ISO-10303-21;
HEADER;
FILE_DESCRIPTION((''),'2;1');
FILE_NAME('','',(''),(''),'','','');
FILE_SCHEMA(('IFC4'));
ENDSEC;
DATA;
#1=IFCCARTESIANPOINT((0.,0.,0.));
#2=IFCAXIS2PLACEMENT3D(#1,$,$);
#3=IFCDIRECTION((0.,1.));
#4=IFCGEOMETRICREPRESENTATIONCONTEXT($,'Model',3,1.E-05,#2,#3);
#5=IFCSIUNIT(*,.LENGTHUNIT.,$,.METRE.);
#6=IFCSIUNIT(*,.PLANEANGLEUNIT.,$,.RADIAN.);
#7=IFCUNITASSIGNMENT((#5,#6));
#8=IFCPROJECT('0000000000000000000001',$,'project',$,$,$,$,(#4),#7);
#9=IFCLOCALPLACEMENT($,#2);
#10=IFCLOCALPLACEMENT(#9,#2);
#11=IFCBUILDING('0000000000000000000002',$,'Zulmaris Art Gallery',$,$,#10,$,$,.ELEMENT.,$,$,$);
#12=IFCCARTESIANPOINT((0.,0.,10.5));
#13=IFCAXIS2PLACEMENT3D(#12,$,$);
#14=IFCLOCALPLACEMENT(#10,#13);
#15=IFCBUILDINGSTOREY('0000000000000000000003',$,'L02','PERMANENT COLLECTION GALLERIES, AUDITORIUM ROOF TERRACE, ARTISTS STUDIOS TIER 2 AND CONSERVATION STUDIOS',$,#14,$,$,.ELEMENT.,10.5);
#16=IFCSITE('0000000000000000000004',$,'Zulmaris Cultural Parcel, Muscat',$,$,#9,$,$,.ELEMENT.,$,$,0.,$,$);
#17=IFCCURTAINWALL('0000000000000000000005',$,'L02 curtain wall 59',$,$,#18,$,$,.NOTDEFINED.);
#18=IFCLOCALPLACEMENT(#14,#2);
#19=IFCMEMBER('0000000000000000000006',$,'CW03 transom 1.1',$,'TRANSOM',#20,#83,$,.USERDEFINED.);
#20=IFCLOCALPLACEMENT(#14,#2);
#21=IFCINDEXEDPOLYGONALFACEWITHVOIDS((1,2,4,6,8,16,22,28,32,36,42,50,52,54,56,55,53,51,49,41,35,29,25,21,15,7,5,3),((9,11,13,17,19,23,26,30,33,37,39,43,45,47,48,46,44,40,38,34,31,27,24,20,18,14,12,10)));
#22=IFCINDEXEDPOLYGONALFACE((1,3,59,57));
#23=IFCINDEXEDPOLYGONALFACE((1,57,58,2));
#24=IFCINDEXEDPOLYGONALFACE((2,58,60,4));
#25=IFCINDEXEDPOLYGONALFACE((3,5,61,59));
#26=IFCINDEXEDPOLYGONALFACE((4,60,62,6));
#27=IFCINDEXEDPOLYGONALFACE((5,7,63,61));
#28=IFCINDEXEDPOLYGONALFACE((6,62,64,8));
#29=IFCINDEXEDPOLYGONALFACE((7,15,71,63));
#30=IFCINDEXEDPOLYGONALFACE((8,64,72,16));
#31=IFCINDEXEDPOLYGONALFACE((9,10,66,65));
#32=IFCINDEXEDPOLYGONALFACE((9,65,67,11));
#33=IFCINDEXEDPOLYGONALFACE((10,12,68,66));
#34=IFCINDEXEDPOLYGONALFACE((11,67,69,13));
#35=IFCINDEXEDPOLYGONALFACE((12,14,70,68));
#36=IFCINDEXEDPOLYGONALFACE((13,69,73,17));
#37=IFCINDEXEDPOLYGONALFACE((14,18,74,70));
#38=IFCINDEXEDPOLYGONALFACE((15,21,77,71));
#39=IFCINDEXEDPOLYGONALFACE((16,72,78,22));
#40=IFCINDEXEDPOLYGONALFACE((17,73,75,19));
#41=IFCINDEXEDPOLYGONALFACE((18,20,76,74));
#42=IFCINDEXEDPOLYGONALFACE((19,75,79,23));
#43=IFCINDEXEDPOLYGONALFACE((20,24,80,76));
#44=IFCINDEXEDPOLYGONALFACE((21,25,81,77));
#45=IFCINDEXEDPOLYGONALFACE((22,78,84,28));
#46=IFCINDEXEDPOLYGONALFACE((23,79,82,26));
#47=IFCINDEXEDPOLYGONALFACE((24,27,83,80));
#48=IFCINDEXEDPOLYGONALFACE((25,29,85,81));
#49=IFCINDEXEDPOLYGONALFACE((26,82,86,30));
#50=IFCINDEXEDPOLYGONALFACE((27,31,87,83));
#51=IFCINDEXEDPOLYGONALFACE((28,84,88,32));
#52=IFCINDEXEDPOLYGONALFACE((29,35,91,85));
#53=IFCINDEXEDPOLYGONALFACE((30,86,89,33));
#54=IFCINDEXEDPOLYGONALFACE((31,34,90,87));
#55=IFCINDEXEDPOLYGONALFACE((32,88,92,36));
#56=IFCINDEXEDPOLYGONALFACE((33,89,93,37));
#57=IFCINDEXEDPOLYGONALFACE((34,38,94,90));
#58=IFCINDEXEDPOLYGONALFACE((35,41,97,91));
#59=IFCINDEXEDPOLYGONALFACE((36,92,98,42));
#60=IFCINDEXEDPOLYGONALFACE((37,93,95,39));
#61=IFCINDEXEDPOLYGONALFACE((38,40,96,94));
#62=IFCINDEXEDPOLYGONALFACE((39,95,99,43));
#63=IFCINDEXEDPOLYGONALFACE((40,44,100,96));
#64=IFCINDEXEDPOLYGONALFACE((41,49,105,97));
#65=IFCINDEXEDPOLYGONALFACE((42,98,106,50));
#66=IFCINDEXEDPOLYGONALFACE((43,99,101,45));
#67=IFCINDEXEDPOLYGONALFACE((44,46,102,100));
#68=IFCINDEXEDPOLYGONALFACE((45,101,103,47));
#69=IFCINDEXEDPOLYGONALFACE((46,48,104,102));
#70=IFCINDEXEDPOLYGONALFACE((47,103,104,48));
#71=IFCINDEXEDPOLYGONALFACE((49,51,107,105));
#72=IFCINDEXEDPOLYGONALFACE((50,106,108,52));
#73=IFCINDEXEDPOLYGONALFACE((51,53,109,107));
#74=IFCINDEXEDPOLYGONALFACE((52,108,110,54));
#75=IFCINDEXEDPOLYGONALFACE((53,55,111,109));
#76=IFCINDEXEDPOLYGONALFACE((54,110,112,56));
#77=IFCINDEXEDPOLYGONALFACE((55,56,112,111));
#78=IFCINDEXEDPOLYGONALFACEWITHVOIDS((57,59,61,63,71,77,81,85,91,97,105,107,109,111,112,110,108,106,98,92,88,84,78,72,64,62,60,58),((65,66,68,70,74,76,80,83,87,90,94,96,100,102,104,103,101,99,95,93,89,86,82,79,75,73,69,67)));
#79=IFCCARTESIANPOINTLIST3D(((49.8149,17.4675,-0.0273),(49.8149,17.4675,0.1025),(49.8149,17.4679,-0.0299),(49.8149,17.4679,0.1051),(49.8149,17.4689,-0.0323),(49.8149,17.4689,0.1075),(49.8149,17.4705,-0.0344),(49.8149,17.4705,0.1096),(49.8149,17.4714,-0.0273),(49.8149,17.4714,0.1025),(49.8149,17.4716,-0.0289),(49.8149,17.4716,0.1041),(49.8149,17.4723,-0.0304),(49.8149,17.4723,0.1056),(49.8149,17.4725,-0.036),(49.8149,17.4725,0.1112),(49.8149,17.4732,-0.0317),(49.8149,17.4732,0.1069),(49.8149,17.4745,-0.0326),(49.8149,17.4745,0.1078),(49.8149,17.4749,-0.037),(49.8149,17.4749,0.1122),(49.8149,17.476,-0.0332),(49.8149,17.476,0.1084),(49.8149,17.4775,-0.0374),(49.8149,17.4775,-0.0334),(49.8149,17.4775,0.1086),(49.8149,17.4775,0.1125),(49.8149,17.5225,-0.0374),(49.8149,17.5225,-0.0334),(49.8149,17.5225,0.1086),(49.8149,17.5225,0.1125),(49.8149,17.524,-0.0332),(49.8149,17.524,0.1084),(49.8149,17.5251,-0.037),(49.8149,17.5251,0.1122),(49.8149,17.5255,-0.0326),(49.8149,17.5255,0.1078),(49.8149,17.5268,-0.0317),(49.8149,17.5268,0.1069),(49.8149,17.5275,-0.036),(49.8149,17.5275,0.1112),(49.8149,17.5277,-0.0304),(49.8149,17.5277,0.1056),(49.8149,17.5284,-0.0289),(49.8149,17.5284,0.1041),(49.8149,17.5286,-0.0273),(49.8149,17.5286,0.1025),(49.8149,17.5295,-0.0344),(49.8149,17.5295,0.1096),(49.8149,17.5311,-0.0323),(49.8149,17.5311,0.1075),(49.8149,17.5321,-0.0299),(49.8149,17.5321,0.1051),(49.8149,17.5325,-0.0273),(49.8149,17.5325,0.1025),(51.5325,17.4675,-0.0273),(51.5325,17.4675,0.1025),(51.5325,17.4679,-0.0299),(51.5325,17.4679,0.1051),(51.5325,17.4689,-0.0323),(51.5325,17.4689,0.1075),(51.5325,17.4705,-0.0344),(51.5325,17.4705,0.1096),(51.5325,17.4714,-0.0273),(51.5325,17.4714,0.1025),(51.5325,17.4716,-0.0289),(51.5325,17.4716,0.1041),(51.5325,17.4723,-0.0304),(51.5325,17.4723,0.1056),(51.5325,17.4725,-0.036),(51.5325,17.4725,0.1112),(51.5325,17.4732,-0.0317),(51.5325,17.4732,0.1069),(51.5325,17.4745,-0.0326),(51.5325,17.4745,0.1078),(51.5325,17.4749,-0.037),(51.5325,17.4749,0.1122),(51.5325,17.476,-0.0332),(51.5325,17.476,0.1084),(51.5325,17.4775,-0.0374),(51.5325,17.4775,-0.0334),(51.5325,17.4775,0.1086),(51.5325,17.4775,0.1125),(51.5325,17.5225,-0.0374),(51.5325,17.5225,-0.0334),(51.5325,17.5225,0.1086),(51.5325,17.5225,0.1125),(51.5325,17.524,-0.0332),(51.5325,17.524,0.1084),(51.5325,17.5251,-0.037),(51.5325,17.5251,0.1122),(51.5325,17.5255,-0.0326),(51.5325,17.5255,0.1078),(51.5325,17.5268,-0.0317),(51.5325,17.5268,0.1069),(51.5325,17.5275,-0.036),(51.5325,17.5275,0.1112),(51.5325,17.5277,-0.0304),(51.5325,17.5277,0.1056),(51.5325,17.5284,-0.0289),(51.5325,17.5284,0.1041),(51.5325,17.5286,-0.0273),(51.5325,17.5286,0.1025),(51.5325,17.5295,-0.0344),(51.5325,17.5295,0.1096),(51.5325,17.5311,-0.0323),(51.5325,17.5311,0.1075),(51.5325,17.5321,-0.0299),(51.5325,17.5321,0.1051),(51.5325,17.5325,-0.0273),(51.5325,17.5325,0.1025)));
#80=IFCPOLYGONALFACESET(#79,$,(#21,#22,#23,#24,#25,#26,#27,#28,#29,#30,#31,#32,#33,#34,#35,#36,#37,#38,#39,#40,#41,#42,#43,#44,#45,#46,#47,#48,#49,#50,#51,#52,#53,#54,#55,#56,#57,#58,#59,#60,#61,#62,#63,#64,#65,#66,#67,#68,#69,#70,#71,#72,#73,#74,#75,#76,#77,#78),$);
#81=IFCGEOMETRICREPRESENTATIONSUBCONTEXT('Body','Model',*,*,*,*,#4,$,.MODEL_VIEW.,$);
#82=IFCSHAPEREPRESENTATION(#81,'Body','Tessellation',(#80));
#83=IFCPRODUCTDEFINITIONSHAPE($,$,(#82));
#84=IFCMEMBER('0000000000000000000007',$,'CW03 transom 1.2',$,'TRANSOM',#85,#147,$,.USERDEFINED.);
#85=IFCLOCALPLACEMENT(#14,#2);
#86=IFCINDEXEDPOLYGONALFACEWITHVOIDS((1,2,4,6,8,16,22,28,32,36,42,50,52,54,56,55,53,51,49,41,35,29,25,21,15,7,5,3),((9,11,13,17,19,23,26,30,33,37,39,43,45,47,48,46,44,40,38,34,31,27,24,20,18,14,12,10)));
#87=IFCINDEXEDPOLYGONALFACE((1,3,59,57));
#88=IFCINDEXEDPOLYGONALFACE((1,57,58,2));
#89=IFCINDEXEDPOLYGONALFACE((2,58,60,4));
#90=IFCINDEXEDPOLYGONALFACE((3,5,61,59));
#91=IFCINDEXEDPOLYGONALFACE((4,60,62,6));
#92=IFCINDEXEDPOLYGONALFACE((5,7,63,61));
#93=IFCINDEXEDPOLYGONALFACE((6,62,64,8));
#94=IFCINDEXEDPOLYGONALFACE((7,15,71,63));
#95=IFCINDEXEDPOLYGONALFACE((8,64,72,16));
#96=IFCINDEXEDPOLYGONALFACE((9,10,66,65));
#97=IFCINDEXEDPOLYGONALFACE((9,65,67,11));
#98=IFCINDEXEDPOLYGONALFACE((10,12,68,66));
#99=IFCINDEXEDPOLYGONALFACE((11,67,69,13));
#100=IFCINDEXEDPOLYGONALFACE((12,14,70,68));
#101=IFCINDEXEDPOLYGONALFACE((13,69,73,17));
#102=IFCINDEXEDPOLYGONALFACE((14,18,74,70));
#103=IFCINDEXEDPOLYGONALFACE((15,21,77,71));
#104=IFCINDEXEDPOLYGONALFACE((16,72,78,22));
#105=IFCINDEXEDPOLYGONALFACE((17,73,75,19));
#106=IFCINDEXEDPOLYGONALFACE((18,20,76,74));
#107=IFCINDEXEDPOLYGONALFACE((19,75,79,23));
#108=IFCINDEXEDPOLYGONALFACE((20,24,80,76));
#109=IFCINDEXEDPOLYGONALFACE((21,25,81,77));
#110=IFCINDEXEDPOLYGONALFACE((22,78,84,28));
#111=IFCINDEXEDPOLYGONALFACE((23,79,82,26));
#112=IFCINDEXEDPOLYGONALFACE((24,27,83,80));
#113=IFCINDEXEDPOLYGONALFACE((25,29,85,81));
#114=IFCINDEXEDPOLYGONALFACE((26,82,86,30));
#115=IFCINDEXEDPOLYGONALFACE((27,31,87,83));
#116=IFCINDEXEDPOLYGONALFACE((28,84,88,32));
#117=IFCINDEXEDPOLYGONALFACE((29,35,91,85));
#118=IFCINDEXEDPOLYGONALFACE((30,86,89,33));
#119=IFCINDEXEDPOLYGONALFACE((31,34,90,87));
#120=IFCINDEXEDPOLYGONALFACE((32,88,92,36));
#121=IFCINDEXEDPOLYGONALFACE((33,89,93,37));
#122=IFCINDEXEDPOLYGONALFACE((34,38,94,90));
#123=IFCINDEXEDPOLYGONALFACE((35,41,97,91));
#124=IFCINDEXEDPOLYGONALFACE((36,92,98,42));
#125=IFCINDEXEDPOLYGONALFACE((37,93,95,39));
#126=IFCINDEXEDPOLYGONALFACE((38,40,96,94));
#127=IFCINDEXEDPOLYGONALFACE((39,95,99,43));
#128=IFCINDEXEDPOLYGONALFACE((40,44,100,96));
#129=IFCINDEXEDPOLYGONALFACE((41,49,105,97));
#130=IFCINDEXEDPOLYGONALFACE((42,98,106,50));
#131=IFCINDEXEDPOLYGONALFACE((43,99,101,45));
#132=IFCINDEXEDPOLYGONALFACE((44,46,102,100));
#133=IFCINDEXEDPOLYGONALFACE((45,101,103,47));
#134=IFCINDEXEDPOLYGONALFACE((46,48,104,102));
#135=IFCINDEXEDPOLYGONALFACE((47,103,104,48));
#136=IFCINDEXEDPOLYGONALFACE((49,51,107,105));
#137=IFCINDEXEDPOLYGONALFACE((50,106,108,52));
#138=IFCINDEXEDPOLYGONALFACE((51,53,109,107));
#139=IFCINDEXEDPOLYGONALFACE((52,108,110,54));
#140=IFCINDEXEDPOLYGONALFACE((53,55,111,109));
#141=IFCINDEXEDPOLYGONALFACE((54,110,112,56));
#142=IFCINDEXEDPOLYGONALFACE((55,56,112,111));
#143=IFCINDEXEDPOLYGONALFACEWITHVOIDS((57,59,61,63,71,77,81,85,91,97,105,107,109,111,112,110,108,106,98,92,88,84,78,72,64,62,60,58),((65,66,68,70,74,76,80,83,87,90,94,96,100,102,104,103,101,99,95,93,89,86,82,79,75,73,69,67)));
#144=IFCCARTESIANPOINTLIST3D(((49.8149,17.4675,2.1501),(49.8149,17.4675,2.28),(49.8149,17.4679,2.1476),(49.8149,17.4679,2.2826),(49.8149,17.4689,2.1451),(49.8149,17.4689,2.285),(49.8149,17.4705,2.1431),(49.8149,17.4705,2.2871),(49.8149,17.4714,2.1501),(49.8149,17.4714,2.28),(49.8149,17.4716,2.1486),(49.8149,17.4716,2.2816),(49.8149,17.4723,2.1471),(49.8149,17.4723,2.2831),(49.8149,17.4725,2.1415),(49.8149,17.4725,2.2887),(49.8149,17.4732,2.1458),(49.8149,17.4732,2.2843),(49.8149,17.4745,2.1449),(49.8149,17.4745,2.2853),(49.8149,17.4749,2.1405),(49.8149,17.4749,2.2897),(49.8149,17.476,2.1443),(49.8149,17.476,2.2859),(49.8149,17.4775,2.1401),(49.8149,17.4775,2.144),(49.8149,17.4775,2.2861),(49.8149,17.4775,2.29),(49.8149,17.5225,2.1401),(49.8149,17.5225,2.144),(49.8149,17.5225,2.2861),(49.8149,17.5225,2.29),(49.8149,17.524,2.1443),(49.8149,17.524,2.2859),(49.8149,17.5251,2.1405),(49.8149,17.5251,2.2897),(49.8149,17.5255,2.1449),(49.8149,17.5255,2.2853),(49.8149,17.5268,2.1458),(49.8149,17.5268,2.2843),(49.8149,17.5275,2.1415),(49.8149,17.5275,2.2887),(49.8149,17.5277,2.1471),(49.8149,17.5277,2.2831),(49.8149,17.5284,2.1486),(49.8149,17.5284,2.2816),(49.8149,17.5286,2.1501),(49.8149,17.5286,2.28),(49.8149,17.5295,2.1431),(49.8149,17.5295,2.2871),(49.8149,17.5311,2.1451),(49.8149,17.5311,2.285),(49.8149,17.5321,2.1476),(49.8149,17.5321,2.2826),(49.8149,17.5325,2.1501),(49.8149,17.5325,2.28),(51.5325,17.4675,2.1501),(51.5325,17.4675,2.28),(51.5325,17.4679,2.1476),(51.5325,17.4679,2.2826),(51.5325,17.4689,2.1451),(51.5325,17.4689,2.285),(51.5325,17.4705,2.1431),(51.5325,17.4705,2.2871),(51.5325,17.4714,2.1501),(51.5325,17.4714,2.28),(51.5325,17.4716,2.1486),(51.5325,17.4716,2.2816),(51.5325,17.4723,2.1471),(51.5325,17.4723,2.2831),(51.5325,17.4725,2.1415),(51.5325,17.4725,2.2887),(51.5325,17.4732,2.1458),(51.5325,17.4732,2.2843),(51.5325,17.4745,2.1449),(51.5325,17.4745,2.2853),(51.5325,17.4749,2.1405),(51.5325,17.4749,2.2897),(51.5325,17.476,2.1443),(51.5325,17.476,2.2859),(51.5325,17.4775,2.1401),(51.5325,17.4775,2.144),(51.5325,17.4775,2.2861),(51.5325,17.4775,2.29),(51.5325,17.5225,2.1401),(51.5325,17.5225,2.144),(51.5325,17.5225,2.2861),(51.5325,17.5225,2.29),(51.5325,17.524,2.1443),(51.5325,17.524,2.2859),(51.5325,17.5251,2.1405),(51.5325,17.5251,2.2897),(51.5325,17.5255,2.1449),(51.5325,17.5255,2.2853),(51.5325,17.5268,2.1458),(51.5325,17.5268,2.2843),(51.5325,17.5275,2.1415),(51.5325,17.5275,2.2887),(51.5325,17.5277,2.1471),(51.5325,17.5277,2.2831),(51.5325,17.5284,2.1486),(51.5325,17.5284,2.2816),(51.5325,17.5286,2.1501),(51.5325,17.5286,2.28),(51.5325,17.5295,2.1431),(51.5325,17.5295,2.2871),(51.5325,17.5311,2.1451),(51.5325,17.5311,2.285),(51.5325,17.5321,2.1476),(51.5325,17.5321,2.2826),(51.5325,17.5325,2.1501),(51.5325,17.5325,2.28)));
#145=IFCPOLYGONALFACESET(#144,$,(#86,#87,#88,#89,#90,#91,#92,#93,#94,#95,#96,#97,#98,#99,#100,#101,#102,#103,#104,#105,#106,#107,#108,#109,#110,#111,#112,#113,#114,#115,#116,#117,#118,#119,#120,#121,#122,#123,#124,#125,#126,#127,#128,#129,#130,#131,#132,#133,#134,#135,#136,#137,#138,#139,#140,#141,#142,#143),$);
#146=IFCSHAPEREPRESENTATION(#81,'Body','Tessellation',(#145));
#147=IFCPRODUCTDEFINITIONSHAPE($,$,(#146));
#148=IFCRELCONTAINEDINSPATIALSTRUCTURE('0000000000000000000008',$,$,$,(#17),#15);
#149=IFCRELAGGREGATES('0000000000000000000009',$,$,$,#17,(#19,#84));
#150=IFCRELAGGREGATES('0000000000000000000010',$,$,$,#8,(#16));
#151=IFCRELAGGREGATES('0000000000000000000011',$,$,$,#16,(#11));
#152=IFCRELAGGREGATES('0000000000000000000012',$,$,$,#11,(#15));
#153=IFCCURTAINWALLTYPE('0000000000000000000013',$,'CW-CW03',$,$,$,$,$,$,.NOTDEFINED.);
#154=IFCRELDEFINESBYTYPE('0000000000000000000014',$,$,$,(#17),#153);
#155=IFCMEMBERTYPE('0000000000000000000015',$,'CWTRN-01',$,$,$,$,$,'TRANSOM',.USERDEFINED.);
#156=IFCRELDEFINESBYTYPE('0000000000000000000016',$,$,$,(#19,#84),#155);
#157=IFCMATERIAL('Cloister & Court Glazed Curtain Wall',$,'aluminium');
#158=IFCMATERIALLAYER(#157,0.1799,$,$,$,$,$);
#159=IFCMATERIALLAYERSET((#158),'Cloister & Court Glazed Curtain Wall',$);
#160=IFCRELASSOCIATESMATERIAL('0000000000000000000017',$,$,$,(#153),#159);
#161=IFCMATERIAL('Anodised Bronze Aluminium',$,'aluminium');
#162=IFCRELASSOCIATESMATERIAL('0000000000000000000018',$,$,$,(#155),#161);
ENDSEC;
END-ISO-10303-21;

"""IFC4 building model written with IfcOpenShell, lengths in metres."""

from ifc_helpers import new_model, si_unit, direction, frame, origin, origin_2d, place, context, subcontext, project, spatial, hollow_rectangle, extrude, material, layer, layer_set, material_profile, profile_set, type_object, element, aggregate, save


model = new_model("IFC4")

# Units and contexts
model_context = context("Model", 3, precision=1e-05, world=origin(), true_north=direction((0.0, 1.0)))
body_context = subcontext(model_context, "Body", "Model", "MODEL_VIEW")
ifc_project = project(units=[si_unit("LENGTHUNIT", "METRE"), si_unit("PLANEANGLEUNIT", "RADIAN")], contexts=[model_context])

# Site, building, storey
site_placement = place(None, origin())
site = spatial("IfcSite", under=ifc_project, at=site_placement, Name="Zulmaris Cultural Parcel, Muscat", CompositionType="ELEMENT", RefElevation=0.0)
building_placement = place(site_placement, origin())
building = spatial("IfcBuilding", under=site, at=building_placement, Name="Zulmaris Art Gallery", CompositionType="ELEMENT")
storey_placement = place(building_placement, frame((0.0, 0.0, 10.5)))
storey = spatial("IfcBuildingStorey", under=building, at=storey_placement, Name="L02", Description="PERMANENT COLLECTION GALLERIES, AUDITORIUM ROOF TERRACE, ARTISTS STUDIOS TIER 2 AND CONSERVATION STUDIOS", CompositionType="ELEMENT", Elevation=10.5)

# Curtain wall, members
ifc_material_1 = material(Name="Cloister & Court Glazed Curtain Wall", Category="aluminium")
ifc_layer_1 = layer(ifc_material_1, 0.1799)
ifc_layer_set_1 = layer_set([ifc_layer_1], Name="Cloister & Court Glazed Curtain Wall")
curtain_wall_type = type_object("IfcCurtainWallType", Name="CW-CW03", PredefinedType="NOTDEFINED", material=ifc_layer_set_1)
curtain_wall_placement = place(storey_placement, origin())
curtain_wall = element("IfcCurtainWall", 1, at=curtain_wall_placement, inside=storey, type_object=curtain_wall_type, Name="L02 curtain wall 59", PredefinedType="NOTDEFINED")
ifc_material_2 = material(Name="Anodised Bronze Aluminium", Category="aluminium")
ifc_material_profile_1 = material_profile(ifc_material_2, hollow_rectangle(XDim=0.0649, YDim=0.1499, WallThickness=0.0039, InnerFilletRadius=0.0061, OuterFilletRadius=0.01, at=origin_2d()), Name="ALU 65x150x4")
ifc_profile_set_1 = profile_set([ifc_material_profile_1], Name="Anodised Bronze Aluminium")
member_type_1 = type_object("IfcMemberType", Name="CWTRN-01", ElementType="TRANSOM", PredefinedType="USERDEFINED", material=ifc_profile_set_1)
member_1_placement = place(storey_placement, frame((49.8149, 17.5, 0.0376), z_axis=(1.0, 0.0, 0.0), x_axis=(0.0, 1.0, 0.0)))
member_1 = element("IfcMember", 2, at=member_1_placement, type_object=member_type_1, Name="CW03 transom 1.1", ObjectType="TRANSOM", PredefinedType="USERDEFINED", context=body_context, shape_type="SweptSolid", body=[
    extrude(hollow_rectangle(XDim=0.0649, YDim=0.1499, WallThickness=0.0039, InnerFilletRadius=0.0061, OuterFilletRadius=0.01, at=origin_2d()), origin(), (0.0, 0.0, 1.0), 1.7175),
])
member_2_placement = place(storey_placement, frame((49.8149, 17.5, 2.2151), z_axis=(1.0, 0.0, 0.0), x_axis=(0.0, 1.0, 0.0)))
member_2 = element("IfcMember", 3, at=member_2_placement, type_object=member_type_1, Name="CW03 transom 1.2", ObjectType="TRANSOM", PredefinedType="USERDEFINED", context=body_context, shape_type="SweptSolid", body=[
    extrude(hollow_rectangle(XDim=0.0649, YDim=0.1499, WallThickness=0.0039, InnerFilletRadius=0.0061, OuterFilletRadius=0.01, at=origin_2d()), origin(), (0.0, 0.0, 1.0), 1.7175),
])
aggregate(curtain_wall, [member_1, member_2])

save(model, "model.ifc")
